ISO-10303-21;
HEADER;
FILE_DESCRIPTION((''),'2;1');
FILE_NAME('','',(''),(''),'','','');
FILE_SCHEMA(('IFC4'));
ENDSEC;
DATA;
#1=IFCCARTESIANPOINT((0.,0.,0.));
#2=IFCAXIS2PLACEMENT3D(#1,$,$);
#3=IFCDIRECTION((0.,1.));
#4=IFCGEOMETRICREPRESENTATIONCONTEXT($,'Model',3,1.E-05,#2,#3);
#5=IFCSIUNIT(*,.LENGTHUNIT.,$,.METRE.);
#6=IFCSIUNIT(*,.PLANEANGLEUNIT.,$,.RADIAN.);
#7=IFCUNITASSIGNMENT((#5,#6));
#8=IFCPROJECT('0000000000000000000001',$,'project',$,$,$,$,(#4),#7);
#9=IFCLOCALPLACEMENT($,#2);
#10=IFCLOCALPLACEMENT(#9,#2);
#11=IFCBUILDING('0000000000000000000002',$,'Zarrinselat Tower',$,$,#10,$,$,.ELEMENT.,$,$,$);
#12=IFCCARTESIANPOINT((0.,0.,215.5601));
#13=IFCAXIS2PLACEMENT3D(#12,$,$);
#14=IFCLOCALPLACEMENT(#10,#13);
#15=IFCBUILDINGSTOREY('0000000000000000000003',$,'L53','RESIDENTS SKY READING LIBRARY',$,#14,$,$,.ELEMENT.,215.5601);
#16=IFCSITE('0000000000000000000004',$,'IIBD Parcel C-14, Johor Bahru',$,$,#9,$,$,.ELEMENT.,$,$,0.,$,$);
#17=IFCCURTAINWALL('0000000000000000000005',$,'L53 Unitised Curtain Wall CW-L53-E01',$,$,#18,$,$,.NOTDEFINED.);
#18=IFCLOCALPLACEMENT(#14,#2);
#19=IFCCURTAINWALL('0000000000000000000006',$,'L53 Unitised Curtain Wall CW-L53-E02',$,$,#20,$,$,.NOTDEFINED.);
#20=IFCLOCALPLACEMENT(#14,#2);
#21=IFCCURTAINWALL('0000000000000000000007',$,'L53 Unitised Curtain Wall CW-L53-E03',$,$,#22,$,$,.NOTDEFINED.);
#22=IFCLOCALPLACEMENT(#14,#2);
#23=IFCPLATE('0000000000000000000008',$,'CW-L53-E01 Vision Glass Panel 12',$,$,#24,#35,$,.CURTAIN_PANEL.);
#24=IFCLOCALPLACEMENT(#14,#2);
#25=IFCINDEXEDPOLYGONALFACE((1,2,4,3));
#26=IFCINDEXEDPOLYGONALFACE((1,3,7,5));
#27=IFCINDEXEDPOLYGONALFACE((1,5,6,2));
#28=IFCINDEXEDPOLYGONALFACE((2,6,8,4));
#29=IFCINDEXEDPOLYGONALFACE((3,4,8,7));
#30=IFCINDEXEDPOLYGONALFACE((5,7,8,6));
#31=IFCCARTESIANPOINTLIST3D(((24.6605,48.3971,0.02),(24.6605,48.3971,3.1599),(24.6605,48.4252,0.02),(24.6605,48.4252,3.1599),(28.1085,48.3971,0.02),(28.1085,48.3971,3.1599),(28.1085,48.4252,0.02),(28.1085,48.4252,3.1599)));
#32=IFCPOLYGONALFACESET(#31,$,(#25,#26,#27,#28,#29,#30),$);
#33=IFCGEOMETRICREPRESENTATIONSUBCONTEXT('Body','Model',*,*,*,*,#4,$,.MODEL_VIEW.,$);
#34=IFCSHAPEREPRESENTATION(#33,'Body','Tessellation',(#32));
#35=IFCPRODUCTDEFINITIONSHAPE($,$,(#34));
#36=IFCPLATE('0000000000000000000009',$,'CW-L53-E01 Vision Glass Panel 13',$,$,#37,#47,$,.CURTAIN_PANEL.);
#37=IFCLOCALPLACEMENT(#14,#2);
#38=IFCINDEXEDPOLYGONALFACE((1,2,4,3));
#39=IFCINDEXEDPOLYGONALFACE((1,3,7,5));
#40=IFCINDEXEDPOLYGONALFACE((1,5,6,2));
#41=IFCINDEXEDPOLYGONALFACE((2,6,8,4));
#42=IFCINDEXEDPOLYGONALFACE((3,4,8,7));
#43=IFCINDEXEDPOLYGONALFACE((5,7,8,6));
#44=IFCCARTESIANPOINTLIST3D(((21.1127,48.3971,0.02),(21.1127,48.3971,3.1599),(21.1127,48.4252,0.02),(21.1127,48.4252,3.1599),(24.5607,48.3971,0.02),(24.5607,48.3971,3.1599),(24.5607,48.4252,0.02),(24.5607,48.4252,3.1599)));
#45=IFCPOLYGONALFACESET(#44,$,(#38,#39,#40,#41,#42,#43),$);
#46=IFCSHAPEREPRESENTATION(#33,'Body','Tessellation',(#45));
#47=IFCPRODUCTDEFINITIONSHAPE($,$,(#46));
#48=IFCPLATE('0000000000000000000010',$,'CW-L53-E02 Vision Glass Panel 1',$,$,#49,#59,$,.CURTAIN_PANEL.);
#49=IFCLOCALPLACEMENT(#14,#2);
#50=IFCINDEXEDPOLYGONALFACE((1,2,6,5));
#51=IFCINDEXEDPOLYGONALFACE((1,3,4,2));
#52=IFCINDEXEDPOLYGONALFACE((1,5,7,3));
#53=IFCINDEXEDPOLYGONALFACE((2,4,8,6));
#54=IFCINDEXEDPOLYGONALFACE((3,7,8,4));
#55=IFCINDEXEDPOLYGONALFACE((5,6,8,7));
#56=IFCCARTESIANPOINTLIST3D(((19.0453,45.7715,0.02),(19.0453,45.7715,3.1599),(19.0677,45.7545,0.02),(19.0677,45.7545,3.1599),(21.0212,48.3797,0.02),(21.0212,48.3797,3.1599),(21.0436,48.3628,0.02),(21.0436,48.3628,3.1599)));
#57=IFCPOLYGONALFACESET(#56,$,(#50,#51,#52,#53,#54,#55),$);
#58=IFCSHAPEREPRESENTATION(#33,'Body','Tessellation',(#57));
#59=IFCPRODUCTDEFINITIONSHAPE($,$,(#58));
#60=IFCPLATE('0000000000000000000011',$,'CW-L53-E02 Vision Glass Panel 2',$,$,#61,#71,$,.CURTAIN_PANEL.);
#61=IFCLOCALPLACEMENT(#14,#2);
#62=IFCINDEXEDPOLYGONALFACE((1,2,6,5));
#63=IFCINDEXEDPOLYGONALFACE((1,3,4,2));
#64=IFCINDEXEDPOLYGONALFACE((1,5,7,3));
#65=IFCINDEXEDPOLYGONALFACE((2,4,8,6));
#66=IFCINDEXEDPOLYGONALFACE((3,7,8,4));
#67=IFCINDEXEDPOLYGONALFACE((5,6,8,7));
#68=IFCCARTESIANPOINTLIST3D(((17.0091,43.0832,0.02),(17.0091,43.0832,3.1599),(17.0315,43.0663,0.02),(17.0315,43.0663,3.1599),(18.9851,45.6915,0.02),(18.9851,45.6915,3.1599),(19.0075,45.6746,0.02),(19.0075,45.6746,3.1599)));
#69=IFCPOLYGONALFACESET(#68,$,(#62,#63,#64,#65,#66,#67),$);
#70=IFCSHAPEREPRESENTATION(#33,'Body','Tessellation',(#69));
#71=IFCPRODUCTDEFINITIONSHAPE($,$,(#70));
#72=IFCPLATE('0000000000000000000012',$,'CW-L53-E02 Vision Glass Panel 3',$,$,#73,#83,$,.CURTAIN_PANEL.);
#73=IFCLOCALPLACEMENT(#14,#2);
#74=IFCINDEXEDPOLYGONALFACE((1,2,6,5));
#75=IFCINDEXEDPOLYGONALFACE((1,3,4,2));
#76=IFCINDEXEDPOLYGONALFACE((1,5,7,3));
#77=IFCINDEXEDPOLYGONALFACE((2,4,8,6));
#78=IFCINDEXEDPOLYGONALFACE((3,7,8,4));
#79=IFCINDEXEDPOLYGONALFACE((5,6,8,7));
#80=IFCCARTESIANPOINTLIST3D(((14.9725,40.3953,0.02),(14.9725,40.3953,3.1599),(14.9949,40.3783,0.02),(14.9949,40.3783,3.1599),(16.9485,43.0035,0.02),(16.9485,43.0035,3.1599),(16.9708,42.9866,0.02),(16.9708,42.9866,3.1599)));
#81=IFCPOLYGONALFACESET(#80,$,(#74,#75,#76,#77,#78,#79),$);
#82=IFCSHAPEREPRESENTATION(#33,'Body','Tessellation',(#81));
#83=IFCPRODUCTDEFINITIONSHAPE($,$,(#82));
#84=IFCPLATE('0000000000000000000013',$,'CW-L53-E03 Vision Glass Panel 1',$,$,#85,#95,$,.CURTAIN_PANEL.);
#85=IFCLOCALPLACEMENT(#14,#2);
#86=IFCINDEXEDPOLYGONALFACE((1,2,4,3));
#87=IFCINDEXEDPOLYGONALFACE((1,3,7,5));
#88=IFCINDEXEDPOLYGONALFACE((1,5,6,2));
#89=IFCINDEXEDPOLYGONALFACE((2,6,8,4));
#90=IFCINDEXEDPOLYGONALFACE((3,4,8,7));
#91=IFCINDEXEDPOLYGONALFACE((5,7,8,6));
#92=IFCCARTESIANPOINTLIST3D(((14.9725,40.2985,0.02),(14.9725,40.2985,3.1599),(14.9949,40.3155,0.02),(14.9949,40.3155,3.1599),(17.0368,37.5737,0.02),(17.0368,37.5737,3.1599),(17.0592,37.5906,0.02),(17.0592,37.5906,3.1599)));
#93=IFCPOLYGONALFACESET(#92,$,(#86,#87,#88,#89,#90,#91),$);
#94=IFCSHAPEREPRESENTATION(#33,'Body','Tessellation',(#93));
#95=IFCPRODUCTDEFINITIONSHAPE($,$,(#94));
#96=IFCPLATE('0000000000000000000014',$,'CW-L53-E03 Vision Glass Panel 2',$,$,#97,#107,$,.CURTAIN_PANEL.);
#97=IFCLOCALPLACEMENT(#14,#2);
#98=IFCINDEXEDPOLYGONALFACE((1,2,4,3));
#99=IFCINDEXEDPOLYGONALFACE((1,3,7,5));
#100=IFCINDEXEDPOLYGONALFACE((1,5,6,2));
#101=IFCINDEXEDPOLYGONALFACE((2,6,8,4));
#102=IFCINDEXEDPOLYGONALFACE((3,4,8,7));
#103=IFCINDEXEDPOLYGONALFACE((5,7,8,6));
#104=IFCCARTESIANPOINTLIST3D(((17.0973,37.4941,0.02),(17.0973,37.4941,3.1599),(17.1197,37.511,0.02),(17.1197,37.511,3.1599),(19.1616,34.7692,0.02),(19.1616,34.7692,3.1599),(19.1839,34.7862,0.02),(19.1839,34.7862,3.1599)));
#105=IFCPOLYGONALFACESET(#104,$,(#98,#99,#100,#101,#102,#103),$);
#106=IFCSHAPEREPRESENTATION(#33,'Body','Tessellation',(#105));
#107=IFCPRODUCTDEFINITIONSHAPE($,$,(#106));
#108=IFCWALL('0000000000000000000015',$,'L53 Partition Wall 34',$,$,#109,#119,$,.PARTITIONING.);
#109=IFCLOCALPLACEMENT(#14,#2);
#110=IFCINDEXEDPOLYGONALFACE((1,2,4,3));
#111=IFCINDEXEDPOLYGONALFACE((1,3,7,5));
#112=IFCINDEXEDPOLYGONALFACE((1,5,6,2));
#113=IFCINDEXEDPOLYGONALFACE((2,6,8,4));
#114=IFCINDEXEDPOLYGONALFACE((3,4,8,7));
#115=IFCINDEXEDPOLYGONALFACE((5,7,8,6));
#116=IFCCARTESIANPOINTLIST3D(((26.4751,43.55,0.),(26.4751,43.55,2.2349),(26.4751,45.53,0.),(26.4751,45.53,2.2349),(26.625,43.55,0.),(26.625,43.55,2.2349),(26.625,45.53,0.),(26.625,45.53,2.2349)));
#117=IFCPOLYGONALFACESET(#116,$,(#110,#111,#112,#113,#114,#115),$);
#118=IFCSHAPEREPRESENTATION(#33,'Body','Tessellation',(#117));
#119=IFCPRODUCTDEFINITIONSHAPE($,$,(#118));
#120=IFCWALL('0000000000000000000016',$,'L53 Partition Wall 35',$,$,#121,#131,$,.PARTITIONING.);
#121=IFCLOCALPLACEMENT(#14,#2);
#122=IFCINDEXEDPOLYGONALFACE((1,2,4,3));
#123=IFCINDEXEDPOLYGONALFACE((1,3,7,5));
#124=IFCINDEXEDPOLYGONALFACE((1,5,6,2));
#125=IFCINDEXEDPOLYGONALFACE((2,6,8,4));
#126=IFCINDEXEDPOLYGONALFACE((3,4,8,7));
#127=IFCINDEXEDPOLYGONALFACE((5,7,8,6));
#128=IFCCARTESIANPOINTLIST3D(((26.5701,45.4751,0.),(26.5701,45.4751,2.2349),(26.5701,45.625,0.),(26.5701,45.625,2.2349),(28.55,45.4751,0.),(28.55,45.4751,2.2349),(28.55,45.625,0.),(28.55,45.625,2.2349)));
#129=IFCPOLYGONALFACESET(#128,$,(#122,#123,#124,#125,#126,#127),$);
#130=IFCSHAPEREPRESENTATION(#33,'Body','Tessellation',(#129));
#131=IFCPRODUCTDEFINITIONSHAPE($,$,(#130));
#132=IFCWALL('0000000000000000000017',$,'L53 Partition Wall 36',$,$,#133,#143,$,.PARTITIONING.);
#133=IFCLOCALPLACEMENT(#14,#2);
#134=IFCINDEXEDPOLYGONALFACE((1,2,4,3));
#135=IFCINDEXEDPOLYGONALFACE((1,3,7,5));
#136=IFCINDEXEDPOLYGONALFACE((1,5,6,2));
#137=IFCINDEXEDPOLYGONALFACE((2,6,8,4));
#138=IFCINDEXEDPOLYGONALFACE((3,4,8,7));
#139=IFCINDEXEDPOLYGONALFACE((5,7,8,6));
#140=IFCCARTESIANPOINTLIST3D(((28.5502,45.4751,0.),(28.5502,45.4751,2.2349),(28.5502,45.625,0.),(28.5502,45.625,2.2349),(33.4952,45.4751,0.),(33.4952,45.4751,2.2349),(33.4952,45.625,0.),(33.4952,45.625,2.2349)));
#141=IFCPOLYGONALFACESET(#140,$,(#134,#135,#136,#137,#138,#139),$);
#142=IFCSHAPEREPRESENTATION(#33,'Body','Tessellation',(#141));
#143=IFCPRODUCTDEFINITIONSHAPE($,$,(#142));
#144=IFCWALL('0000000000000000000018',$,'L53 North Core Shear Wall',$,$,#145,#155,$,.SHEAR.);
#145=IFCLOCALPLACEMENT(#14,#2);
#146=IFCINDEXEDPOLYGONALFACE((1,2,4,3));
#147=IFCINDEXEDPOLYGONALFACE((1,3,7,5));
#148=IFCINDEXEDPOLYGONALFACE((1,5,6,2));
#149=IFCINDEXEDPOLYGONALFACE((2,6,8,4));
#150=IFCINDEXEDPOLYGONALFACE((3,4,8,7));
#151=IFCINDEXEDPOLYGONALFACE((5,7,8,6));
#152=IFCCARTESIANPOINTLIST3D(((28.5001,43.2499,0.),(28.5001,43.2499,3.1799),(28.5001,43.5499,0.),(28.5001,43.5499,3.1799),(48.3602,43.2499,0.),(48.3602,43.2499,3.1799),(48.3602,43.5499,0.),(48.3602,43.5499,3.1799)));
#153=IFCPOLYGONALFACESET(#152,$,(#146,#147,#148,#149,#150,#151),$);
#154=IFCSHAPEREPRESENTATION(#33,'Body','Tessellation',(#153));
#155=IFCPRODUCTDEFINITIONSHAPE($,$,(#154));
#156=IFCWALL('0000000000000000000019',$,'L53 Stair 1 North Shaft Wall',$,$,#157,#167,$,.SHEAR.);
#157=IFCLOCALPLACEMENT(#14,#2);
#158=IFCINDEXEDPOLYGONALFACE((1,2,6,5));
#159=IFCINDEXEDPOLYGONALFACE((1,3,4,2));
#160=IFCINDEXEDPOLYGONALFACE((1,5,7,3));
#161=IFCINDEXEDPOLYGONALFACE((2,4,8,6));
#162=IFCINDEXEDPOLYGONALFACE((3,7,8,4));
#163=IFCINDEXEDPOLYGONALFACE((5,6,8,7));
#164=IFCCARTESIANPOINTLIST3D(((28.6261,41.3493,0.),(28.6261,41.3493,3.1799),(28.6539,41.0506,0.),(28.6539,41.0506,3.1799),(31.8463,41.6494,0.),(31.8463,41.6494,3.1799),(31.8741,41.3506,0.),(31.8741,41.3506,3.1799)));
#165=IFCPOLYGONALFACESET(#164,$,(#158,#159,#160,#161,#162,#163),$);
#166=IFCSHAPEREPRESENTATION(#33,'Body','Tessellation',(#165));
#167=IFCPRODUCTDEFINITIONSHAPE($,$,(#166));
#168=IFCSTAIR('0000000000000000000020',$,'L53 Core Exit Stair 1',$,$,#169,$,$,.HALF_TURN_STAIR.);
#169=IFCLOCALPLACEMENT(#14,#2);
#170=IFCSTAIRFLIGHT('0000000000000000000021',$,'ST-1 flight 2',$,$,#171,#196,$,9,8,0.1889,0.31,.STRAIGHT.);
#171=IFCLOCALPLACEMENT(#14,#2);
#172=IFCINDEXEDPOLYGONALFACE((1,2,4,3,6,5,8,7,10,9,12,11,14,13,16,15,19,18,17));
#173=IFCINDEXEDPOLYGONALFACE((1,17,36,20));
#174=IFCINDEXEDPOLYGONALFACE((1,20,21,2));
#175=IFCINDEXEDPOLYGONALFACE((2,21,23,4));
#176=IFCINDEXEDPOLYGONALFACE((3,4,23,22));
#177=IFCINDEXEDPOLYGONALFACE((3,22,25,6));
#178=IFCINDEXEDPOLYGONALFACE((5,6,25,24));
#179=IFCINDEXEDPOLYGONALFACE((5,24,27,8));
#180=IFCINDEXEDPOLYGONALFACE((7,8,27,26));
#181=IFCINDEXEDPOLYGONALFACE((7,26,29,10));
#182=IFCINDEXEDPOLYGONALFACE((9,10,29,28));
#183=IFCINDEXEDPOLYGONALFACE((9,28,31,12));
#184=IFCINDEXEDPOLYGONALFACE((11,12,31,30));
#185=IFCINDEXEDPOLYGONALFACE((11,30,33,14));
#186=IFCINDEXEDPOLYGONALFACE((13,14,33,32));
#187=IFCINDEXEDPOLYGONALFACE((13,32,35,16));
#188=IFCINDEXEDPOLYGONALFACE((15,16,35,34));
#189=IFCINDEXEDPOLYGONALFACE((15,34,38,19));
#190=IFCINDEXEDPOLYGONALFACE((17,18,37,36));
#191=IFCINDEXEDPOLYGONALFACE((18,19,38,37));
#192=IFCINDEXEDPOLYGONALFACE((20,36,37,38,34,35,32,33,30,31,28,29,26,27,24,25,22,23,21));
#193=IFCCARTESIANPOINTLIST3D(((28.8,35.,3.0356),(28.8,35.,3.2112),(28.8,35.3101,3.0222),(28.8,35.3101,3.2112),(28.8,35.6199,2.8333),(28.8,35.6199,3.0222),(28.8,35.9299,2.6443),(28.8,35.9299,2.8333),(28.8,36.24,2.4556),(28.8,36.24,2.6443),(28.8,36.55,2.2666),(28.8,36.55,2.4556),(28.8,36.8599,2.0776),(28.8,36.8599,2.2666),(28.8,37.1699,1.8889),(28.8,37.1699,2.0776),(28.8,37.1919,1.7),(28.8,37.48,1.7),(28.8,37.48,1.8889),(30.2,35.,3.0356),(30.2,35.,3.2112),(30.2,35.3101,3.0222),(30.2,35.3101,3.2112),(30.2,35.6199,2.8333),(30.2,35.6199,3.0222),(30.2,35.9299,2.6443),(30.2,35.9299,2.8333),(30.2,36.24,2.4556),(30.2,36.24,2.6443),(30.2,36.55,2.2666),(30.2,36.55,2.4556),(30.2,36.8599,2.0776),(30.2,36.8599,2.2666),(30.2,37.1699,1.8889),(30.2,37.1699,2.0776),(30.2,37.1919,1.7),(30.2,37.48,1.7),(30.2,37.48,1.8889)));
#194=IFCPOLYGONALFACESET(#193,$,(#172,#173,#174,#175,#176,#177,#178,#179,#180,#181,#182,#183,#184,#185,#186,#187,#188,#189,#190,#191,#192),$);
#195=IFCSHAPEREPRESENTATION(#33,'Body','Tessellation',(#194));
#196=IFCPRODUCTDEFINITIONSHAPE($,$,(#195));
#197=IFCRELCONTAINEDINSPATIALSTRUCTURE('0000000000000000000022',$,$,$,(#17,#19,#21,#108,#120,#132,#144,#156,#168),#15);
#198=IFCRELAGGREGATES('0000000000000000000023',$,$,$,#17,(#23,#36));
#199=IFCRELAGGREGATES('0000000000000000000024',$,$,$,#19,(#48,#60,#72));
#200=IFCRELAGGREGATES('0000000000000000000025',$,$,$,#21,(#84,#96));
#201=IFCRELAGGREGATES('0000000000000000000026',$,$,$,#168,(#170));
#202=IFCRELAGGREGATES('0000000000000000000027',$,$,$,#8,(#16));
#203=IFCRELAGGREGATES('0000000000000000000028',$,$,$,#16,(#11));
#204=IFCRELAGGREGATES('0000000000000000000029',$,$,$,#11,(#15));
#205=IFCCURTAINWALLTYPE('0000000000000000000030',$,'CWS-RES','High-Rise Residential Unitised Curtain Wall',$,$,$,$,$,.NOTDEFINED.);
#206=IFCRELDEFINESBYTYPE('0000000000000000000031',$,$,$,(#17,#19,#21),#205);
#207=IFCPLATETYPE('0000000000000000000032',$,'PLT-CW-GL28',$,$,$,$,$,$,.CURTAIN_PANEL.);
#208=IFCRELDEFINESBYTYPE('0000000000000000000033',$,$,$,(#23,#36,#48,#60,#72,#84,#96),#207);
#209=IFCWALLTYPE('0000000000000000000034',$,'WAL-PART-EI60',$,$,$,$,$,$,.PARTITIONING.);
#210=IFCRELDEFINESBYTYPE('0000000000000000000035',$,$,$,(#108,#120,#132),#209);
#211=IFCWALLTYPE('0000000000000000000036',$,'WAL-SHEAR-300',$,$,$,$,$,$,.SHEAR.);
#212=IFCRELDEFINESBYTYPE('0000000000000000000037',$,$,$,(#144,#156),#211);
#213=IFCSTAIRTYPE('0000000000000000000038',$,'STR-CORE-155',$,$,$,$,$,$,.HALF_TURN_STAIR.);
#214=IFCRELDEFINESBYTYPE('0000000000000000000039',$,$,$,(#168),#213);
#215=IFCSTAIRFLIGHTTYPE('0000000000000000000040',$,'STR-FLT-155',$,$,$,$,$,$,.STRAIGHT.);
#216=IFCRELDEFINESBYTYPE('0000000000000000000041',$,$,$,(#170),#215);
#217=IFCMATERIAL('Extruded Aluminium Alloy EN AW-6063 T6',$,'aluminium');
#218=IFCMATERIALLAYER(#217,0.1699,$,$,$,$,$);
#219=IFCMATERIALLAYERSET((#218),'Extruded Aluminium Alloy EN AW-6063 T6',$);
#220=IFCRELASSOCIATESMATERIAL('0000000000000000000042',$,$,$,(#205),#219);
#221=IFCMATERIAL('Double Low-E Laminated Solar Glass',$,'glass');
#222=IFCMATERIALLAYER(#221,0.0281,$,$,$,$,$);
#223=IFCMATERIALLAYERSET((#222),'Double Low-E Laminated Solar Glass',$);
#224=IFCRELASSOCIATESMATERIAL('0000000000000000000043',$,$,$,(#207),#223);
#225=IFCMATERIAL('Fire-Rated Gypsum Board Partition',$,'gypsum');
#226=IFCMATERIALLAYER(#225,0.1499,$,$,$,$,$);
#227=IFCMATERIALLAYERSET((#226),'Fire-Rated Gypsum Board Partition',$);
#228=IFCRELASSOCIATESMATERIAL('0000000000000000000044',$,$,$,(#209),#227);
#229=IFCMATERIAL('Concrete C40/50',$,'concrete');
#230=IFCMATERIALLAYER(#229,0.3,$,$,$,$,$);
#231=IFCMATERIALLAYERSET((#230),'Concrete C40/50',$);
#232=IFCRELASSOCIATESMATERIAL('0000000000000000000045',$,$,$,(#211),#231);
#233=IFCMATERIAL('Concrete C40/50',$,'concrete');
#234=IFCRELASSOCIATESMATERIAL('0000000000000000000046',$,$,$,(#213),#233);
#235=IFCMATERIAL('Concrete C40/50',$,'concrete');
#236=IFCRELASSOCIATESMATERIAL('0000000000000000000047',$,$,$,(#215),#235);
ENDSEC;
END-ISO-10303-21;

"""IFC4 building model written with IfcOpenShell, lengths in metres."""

from ifc_helpers import new_model, si_unit, direction, frame, frame_2d, origin, origin_2d, place, context, subcontext, project, spatial, polyline, rectangle, outline, extrude, material, layer, layer_set, type_object, element, aggregate, save


model = new_model("IFC4")

# Units and contexts
model_context = context("Model", 3, precision=1e-05, world=origin(), true_north=direction((0.0, 1.0)))
body_context = subcontext(model_context, "Body", "Model", "MODEL_VIEW")
ifc_project = project(units=[si_unit("LENGTHUNIT", "METRE"), si_unit("PLANEANGLEUNIT", "RADIAN")], contexts=[model_context])

# Site, building, storey
site_placement = place(None, origin())
site = spatial("IfcSite", under=ifc_project, at=site_placement, Name="IIBD Parcel C-14, Johor Bahru", CompositionType="ELEMENT", RefElevation=0.0)
building_placement = place(site_placement, origin())
building = spatial("IfcBuilding", under=site, at=building_placement, Name="Zarrinselat Tower", CompositionType="ELEMENT")
storey_placement = place(building_placement, frame((0.0, 0.0, 215.5601)))
storey = spatial("IfcBuildingStorey", under=building, at=storey_placement, Name="L53", Description="RESIDENTS SKY READING LIBRARY", CompositionType="ELEMENT", Elevation=215.5601)

# Curtain walls
ifc_material_1 = material(Name="Extruded Aluminium Alloy EN AW-6063 T6", Category="aluminium")
ifc_layer_1 = layer(ifc_material_1, 0.1699)
ifc_layer_set_1 = layer_set([ifc_layer_1], Name="Extruded Aluminium Alloy EN AW-6063 T6")
curtain_wall_type = type_object("IfcCurtainWallType", Name="CWS-RES", Description="High-Rise Residential Unitised Curtain Wall", PredefinedType="NOTDEFINED", material=ifc_layer_set_1)
curtain_wall_1_placement = place(storey_placement, origin())
curtain_wall_1 = element("IfcCurtainWall", 1, at=curtain_wall_1_placement, inside=storey, type_object=curtain_wall_type, Name="L53 Unitised Curtain Wall CW-L53-E01", PredefinedType="NOTDEFINED")
curtain_wall_2_placement = place(storey_placement, origin())
curtain_wall_2 = element("IfcCurtainWall", 2, at=curtain_wall_2_placement, inside=storey, type_object=curtain_wall_type, Name="L53 Unitised Curtain Wall CW-L53-E02", PredefinedType="NOTDEFINED")

# Curtain wall
curtain_wall_3_placement = place(storey_placement, origin())
curtain_wall_3 = element("IfcCurtainWall", 3, at=curtain_wall_3_placement, inside=storey, type_object=curtain_wall_type, Name="L53 Unitised Curtain Wall CW-L53-E03", PredefinedType="NOTDEFINED")

# Plates
ifc_material_2 = material(Name="Double Low-E Laminated Solar Glass", Category="glass")
ifc_layer_2 = layer(ifc_material_2, 0.0281)
ifc_layer_set_2 = layer_set([ifc_layer_2], Name="Double Low-E Laminated Solar Glass")
plate_type = type_object("IfcPlateType", Name="PLT-CW-GL28", PredefinedType="CURTAIN_PANEL", material=ifc_layer_set_2)
plate_1_placement = place(storey_placement, frame((26.3845, 48.4111, 0.02), z_axis=(0.0, 0.0, 1.0), x_axis=(-1.0, 0.0, 0.0)))
plate_1 = element("IfcPlate", 4, at=plate_1_placement, type_object=plate_type, Name="CW-L53-E01 Vision Glass Panel 12", PredefinedType="CURTAIN_PANEL", context=body_context, shape_type="SweptSolid", body=[
    extrude(rectangle(XDim=3.448, YDim=0.0281, at=origin_2d()), origin(), (0.0, 0.0, 1.0), 3.1399),
])
plate_2_placement = place(storey_placement, frame((22.8367, 48.4111, 0.02), z_axis=(0.0, 0.0, 1.0), x_axis=(-1.0, 0.0, 0.0)))
plate_2 = element("IfcPlate", 5, at=plate_2_placement, type_object=plate_type, Name="CW-L53-E01 Vision Glass Panel 13", PredefinedType="CURTAIN_PANEL", context=body_context, shape_type="SweptSolid", body=[
    extrude(rectangle(XDim=3.448, YDim=0.0281, at=origin_2d()), origin(), (0.0, 0.0, 1.0), 3.1399),
])
aggregate(curtain_wall_1, [plate_1, plate_2])
plate_3_placement = place(storey_placement, frame((20.0444, 47.0671, 0.02), z_axis=(0.0, 0.0, 1.0), x_axis=(-0.603854, -0.797095, 0.0)))
plate_3 = element("IfcPlate", 6, at=plate_3_placement, type_object=plate_type, Name="CW-L53-E02 Vision Glass Panel 1", PredefinedType="CURTAIN_PANEL", context=body_context, shape_type="SweptSolid", body=[
    extrude(rectangle(XDim=3.2722, YDim=0.0281, at=origin_2d()), origin(), (0.0, 0.0, 1.0), 3.1399),
])
plate_4_placement = place(storey_placement, frame((18.0083, 44.3789, 0.02), z_axis=(0.0, 0.0, 1.0), x_axis=(-0.603854, -0.797095, 0.0)))
plate_4 = element("IfcPlate", 7, at=plate_4_placement, type_object=plate_type, Name="CW-L53-E02 Vision Glass Panel 2", PredefinedType="CURTAIN_PANEL", context=body_context, shape_type="SweptSolid", body=[
    extrude(rectangle(XDim=3.2722, YDim=0.0281, at=origin_2d()), origin(), (0.0, 0.0, 1.0), 3.1399),
])
plate_5_placement = place(storey_placement, frame((15.9717, 41.6909, 0.02), z_axis=(0.0, 0.0, 1.0), x_axis=(-0.603854, -0.797095, 0.0)))
plate_5 = element("IfcPlate", 8, at=plate_5_placement, type_object=plate_type, Name="CW-L53-E02 Vision Glass Panel 3", PredefinedType="CURTAIN_PANEL", context=body_context, shape_type="SweptSolid", body=[
    extrude(rectangle(XDim=3.2722, YDim=0.0281, at=origin_2d()), origin(), (0.0, 0.0, 1.0), 3.1399),
])
aggregate(curtain_wall_2, [plate_3, plate_4, plate_5])
plate_6_placement = place(storey_placement, frame((16.0159, 38.9446, 0.02), z_axis=(0.0, 0.0, 1.0), x_axis=(0.603859, -0.797091, 0.0)))
plate_6 = element("IfcPlate", 9, at=plate_6_placement, type_object=plate_type, Name="CW-L53-E03 Vision Glass Panel 1", PredefinedType="CURTAIN_PANEL", context=body_context, shape_type="SweptSolid", body=[
    extrude(rectangle(XDim=3.4185, YDim=0.0281, at=origin_2d()), origin(), (0.0, 0.0, 1.0), 3.1399),
])
plate_7_placement = place(storey_placement, frame((18.1406, 36.1401, 0.02), z_axis=(0.0, 0.0, 1.0), x_axis=(0.603859, -0.797091, 0.0)))
plate_7 = element("IfcPlate", 10, at=plate_7_placement, type_object=plate_type, Name="CW-L53-E03 Vision Glass Panel 2", PredefinedType="CURTAIN_PANEL", context=body_context, shape_type="SweptSolid", body=[
    extrude(rectangle(XDim=3.4185, YDim=0.0281, at=origin_2d()), origin(), (0.0, 0.0, 1.0), 3.1399),
])
aggregate(curtain_wall_3, [plate_6, plate_7])

# Walls
ifc_material_3 = material(Name="Fire-Rated Gypsum Board Partition", Category="gypsum")
ifc_layer_3 = layer(ifc_material_3, 0.1499)
ifc_layer_set_3 = layer_set([ifc_layer_3], Name="Fire-Rated Gypsum Board Partition")
wall_type_1 = type_object("IfcWallType", Name="WAL-PART-EI60", PredefinedType="PARTITIONING", material=ifc_layer_set_3)
for number, where, z_axis, x_axis, name in (
    (11, (26.55, 43.55, 0.0), (0.0, 0.0, 1.0), (0.0, 1.0, 0.0), "L53 Partition Wall 34"),
    (12, (26.5701, 45.55, 0.0), (0.0, 0.0, 1.0), (1.0, 0.0, 0.0), "L53 Partition Wall 35"),
):
    element("IfcWall", number, at=place(storey_placement, frame(where, z_axis=z_axis, x_axis=x_axis)), inside=storey, type_object=wall_type_1, Name=name, PredefinedType="PARTITIONING", context=body_context, shape_type="SweptSolid", body=[
        extrude(rectangle(XDim=1.98, YDim=0.1499, at=frame_2d((0.99, 0.0))), origin(), (0.0, 0.0, 1.0), 2.2349),
    ])
wall_1_placement = place(storey_placement, frame((28.55, 45.55, 0.0), z_axis=(0.0, 0.0, 1.0), x_axis=(1.0, 0.0, 0.0)))
element("IfcWall", 13, at=wall_1_placement, inside=storey, type_object=wall_type_1, Name="L53 Partition Wall 36", PredefinedType="PARTITIONING", context=body_context, shape_type="SweptSolid", body=[
    extrude(rectangle(XDim=4.9451, YDim=0.1499, at=frame_2d((2.4727, 0.0))), origin(), (0.0, 0.0, 1.0), 2.2349),
])
ifc_material_4 = material(Name="Concrete C40/50", Category="concrete")
ifc_layer_4 = layer(ifc_material_4, 0.3)
ifc_layer_set_4 = layer_set([ifc_layer_4], Name="Concrete C40/50")
wall_type_2 = type_object("IfcWallType", Name="WAL-SHEAR-300", PredefinedType="SHEAR", material=ifc_layer_set_4)
wall_2_placement = place(storey_placement, frame((28.5, 43.3999, 0.0), z_axis=(0.0, 0.0, 1.0), x_axis=(1.0, 0.0, 0.0)))
element("IfcWall", 14, at=wall_2_placement, inside=storey, type_object=wall_type_2, Name="L53 North Core Shear Wall", PredefinedType="SHEAR", context=body_context, shape_type="SweptSolid", body=[
    extrude(rectangle(XDim=19.8601, YDim=0.3, at=frame_2d((9.9302, 0.0))), origin(), (0.0, 0.0, 1.0), 3.1799),
])
wall_3_placement = place(storey_placement, frame((28.6399, 41.2, 0.0), z_axis=(0.0, 0.0, 1.0), x_axis=(0.995687, 0.092775, 0.0)))
element("IfcWall", 15, at=wall_3_placement, inside=storey, type_object=wall_type_2, Name="L53 Stair 1 North Shaft Wall", PredefinedType="SHEAR", context=body_context, shape_type="SweptSolid", body=[
    extrude(rectangle(XDim=3.2341, YDim=0.3, at=frame_2d((1.6172, 0.0))), origin(), (0.0, 0.0, 1.0), 3.1799),
])

# Stair, stair flight
ifc_material_5 = material(Name="Concrete C40/50", Category="concrete")
stair_type = type_object("IfcStairType", Name="STR-CORE-155", PredefinedType="HALF_TURN_STAIR", material=ifc_material_5)
stair_placement = place(storey_placement, origin())
stair = element("IfcStair", 16, at=stair_placement, inside=storey, type_object=stair_type, Name="L53 Core Exit Stair 1", PredefinedType="HALF_TURN_STAIR")
ifc_material_6 = material(Name="Concrete C40/50", Category="concrete")
stair_flight_type = type_object("IfcStairFlightType", Name="STR-FLT-155", PredefinedType="STRAIGHT", material=ifc_material_6)
stair_flight_placement = place(storey_placement, frame((29.5, 37.48, 1.7), z_axis=(0.0, 0.0, 1.0), x_axis=(0.0, -1.0, 0.0)))
stair_flight = element("IfcStairFlight", 17, at=stair_flight_placement, type_object=stair_flight_type, Name="ST-1 flight 2", NumberOfRisers=9, NumberOfTreads=8, PredefinedType="STRAIGHT", RiserHeight=0.1889, TreadLength=0.31, context=body_context, shape_type="SweptSolid", body=[
    extrude(outline(polyline([(0.0, 0.0), (0.0, 0.189), (0.3101, 0.189), (0.3101, 0.3777), (0.6201, 0.3777), (0.6201, 0.5667), (0.9299, 0.5667), (0.9299, 0.7556), (1.24, 0.7556), (1.24, 0.9443), (1.55, 0.9443), (1.55, 1.1333), (1.8601, 1.1333), (1.8601, 1.3223), (2.1699, 1.3223), (2.1699, 1.5112), (2.48, 1.5112), (2.48, 1.7), (2.48, 1.3357), (0.2881, 0.0), (0.0, 0.0)])), frame((0.0, 0.7, 0.0), z_axis=(0.0, -1.0, 0.0), x_axis=(1.0, 0.0, 0.0)), (0.0, 0.0, 1.0), 1.3999),
])
aggregate(stair, [stair_flight])

save(model, "model.ifc")
